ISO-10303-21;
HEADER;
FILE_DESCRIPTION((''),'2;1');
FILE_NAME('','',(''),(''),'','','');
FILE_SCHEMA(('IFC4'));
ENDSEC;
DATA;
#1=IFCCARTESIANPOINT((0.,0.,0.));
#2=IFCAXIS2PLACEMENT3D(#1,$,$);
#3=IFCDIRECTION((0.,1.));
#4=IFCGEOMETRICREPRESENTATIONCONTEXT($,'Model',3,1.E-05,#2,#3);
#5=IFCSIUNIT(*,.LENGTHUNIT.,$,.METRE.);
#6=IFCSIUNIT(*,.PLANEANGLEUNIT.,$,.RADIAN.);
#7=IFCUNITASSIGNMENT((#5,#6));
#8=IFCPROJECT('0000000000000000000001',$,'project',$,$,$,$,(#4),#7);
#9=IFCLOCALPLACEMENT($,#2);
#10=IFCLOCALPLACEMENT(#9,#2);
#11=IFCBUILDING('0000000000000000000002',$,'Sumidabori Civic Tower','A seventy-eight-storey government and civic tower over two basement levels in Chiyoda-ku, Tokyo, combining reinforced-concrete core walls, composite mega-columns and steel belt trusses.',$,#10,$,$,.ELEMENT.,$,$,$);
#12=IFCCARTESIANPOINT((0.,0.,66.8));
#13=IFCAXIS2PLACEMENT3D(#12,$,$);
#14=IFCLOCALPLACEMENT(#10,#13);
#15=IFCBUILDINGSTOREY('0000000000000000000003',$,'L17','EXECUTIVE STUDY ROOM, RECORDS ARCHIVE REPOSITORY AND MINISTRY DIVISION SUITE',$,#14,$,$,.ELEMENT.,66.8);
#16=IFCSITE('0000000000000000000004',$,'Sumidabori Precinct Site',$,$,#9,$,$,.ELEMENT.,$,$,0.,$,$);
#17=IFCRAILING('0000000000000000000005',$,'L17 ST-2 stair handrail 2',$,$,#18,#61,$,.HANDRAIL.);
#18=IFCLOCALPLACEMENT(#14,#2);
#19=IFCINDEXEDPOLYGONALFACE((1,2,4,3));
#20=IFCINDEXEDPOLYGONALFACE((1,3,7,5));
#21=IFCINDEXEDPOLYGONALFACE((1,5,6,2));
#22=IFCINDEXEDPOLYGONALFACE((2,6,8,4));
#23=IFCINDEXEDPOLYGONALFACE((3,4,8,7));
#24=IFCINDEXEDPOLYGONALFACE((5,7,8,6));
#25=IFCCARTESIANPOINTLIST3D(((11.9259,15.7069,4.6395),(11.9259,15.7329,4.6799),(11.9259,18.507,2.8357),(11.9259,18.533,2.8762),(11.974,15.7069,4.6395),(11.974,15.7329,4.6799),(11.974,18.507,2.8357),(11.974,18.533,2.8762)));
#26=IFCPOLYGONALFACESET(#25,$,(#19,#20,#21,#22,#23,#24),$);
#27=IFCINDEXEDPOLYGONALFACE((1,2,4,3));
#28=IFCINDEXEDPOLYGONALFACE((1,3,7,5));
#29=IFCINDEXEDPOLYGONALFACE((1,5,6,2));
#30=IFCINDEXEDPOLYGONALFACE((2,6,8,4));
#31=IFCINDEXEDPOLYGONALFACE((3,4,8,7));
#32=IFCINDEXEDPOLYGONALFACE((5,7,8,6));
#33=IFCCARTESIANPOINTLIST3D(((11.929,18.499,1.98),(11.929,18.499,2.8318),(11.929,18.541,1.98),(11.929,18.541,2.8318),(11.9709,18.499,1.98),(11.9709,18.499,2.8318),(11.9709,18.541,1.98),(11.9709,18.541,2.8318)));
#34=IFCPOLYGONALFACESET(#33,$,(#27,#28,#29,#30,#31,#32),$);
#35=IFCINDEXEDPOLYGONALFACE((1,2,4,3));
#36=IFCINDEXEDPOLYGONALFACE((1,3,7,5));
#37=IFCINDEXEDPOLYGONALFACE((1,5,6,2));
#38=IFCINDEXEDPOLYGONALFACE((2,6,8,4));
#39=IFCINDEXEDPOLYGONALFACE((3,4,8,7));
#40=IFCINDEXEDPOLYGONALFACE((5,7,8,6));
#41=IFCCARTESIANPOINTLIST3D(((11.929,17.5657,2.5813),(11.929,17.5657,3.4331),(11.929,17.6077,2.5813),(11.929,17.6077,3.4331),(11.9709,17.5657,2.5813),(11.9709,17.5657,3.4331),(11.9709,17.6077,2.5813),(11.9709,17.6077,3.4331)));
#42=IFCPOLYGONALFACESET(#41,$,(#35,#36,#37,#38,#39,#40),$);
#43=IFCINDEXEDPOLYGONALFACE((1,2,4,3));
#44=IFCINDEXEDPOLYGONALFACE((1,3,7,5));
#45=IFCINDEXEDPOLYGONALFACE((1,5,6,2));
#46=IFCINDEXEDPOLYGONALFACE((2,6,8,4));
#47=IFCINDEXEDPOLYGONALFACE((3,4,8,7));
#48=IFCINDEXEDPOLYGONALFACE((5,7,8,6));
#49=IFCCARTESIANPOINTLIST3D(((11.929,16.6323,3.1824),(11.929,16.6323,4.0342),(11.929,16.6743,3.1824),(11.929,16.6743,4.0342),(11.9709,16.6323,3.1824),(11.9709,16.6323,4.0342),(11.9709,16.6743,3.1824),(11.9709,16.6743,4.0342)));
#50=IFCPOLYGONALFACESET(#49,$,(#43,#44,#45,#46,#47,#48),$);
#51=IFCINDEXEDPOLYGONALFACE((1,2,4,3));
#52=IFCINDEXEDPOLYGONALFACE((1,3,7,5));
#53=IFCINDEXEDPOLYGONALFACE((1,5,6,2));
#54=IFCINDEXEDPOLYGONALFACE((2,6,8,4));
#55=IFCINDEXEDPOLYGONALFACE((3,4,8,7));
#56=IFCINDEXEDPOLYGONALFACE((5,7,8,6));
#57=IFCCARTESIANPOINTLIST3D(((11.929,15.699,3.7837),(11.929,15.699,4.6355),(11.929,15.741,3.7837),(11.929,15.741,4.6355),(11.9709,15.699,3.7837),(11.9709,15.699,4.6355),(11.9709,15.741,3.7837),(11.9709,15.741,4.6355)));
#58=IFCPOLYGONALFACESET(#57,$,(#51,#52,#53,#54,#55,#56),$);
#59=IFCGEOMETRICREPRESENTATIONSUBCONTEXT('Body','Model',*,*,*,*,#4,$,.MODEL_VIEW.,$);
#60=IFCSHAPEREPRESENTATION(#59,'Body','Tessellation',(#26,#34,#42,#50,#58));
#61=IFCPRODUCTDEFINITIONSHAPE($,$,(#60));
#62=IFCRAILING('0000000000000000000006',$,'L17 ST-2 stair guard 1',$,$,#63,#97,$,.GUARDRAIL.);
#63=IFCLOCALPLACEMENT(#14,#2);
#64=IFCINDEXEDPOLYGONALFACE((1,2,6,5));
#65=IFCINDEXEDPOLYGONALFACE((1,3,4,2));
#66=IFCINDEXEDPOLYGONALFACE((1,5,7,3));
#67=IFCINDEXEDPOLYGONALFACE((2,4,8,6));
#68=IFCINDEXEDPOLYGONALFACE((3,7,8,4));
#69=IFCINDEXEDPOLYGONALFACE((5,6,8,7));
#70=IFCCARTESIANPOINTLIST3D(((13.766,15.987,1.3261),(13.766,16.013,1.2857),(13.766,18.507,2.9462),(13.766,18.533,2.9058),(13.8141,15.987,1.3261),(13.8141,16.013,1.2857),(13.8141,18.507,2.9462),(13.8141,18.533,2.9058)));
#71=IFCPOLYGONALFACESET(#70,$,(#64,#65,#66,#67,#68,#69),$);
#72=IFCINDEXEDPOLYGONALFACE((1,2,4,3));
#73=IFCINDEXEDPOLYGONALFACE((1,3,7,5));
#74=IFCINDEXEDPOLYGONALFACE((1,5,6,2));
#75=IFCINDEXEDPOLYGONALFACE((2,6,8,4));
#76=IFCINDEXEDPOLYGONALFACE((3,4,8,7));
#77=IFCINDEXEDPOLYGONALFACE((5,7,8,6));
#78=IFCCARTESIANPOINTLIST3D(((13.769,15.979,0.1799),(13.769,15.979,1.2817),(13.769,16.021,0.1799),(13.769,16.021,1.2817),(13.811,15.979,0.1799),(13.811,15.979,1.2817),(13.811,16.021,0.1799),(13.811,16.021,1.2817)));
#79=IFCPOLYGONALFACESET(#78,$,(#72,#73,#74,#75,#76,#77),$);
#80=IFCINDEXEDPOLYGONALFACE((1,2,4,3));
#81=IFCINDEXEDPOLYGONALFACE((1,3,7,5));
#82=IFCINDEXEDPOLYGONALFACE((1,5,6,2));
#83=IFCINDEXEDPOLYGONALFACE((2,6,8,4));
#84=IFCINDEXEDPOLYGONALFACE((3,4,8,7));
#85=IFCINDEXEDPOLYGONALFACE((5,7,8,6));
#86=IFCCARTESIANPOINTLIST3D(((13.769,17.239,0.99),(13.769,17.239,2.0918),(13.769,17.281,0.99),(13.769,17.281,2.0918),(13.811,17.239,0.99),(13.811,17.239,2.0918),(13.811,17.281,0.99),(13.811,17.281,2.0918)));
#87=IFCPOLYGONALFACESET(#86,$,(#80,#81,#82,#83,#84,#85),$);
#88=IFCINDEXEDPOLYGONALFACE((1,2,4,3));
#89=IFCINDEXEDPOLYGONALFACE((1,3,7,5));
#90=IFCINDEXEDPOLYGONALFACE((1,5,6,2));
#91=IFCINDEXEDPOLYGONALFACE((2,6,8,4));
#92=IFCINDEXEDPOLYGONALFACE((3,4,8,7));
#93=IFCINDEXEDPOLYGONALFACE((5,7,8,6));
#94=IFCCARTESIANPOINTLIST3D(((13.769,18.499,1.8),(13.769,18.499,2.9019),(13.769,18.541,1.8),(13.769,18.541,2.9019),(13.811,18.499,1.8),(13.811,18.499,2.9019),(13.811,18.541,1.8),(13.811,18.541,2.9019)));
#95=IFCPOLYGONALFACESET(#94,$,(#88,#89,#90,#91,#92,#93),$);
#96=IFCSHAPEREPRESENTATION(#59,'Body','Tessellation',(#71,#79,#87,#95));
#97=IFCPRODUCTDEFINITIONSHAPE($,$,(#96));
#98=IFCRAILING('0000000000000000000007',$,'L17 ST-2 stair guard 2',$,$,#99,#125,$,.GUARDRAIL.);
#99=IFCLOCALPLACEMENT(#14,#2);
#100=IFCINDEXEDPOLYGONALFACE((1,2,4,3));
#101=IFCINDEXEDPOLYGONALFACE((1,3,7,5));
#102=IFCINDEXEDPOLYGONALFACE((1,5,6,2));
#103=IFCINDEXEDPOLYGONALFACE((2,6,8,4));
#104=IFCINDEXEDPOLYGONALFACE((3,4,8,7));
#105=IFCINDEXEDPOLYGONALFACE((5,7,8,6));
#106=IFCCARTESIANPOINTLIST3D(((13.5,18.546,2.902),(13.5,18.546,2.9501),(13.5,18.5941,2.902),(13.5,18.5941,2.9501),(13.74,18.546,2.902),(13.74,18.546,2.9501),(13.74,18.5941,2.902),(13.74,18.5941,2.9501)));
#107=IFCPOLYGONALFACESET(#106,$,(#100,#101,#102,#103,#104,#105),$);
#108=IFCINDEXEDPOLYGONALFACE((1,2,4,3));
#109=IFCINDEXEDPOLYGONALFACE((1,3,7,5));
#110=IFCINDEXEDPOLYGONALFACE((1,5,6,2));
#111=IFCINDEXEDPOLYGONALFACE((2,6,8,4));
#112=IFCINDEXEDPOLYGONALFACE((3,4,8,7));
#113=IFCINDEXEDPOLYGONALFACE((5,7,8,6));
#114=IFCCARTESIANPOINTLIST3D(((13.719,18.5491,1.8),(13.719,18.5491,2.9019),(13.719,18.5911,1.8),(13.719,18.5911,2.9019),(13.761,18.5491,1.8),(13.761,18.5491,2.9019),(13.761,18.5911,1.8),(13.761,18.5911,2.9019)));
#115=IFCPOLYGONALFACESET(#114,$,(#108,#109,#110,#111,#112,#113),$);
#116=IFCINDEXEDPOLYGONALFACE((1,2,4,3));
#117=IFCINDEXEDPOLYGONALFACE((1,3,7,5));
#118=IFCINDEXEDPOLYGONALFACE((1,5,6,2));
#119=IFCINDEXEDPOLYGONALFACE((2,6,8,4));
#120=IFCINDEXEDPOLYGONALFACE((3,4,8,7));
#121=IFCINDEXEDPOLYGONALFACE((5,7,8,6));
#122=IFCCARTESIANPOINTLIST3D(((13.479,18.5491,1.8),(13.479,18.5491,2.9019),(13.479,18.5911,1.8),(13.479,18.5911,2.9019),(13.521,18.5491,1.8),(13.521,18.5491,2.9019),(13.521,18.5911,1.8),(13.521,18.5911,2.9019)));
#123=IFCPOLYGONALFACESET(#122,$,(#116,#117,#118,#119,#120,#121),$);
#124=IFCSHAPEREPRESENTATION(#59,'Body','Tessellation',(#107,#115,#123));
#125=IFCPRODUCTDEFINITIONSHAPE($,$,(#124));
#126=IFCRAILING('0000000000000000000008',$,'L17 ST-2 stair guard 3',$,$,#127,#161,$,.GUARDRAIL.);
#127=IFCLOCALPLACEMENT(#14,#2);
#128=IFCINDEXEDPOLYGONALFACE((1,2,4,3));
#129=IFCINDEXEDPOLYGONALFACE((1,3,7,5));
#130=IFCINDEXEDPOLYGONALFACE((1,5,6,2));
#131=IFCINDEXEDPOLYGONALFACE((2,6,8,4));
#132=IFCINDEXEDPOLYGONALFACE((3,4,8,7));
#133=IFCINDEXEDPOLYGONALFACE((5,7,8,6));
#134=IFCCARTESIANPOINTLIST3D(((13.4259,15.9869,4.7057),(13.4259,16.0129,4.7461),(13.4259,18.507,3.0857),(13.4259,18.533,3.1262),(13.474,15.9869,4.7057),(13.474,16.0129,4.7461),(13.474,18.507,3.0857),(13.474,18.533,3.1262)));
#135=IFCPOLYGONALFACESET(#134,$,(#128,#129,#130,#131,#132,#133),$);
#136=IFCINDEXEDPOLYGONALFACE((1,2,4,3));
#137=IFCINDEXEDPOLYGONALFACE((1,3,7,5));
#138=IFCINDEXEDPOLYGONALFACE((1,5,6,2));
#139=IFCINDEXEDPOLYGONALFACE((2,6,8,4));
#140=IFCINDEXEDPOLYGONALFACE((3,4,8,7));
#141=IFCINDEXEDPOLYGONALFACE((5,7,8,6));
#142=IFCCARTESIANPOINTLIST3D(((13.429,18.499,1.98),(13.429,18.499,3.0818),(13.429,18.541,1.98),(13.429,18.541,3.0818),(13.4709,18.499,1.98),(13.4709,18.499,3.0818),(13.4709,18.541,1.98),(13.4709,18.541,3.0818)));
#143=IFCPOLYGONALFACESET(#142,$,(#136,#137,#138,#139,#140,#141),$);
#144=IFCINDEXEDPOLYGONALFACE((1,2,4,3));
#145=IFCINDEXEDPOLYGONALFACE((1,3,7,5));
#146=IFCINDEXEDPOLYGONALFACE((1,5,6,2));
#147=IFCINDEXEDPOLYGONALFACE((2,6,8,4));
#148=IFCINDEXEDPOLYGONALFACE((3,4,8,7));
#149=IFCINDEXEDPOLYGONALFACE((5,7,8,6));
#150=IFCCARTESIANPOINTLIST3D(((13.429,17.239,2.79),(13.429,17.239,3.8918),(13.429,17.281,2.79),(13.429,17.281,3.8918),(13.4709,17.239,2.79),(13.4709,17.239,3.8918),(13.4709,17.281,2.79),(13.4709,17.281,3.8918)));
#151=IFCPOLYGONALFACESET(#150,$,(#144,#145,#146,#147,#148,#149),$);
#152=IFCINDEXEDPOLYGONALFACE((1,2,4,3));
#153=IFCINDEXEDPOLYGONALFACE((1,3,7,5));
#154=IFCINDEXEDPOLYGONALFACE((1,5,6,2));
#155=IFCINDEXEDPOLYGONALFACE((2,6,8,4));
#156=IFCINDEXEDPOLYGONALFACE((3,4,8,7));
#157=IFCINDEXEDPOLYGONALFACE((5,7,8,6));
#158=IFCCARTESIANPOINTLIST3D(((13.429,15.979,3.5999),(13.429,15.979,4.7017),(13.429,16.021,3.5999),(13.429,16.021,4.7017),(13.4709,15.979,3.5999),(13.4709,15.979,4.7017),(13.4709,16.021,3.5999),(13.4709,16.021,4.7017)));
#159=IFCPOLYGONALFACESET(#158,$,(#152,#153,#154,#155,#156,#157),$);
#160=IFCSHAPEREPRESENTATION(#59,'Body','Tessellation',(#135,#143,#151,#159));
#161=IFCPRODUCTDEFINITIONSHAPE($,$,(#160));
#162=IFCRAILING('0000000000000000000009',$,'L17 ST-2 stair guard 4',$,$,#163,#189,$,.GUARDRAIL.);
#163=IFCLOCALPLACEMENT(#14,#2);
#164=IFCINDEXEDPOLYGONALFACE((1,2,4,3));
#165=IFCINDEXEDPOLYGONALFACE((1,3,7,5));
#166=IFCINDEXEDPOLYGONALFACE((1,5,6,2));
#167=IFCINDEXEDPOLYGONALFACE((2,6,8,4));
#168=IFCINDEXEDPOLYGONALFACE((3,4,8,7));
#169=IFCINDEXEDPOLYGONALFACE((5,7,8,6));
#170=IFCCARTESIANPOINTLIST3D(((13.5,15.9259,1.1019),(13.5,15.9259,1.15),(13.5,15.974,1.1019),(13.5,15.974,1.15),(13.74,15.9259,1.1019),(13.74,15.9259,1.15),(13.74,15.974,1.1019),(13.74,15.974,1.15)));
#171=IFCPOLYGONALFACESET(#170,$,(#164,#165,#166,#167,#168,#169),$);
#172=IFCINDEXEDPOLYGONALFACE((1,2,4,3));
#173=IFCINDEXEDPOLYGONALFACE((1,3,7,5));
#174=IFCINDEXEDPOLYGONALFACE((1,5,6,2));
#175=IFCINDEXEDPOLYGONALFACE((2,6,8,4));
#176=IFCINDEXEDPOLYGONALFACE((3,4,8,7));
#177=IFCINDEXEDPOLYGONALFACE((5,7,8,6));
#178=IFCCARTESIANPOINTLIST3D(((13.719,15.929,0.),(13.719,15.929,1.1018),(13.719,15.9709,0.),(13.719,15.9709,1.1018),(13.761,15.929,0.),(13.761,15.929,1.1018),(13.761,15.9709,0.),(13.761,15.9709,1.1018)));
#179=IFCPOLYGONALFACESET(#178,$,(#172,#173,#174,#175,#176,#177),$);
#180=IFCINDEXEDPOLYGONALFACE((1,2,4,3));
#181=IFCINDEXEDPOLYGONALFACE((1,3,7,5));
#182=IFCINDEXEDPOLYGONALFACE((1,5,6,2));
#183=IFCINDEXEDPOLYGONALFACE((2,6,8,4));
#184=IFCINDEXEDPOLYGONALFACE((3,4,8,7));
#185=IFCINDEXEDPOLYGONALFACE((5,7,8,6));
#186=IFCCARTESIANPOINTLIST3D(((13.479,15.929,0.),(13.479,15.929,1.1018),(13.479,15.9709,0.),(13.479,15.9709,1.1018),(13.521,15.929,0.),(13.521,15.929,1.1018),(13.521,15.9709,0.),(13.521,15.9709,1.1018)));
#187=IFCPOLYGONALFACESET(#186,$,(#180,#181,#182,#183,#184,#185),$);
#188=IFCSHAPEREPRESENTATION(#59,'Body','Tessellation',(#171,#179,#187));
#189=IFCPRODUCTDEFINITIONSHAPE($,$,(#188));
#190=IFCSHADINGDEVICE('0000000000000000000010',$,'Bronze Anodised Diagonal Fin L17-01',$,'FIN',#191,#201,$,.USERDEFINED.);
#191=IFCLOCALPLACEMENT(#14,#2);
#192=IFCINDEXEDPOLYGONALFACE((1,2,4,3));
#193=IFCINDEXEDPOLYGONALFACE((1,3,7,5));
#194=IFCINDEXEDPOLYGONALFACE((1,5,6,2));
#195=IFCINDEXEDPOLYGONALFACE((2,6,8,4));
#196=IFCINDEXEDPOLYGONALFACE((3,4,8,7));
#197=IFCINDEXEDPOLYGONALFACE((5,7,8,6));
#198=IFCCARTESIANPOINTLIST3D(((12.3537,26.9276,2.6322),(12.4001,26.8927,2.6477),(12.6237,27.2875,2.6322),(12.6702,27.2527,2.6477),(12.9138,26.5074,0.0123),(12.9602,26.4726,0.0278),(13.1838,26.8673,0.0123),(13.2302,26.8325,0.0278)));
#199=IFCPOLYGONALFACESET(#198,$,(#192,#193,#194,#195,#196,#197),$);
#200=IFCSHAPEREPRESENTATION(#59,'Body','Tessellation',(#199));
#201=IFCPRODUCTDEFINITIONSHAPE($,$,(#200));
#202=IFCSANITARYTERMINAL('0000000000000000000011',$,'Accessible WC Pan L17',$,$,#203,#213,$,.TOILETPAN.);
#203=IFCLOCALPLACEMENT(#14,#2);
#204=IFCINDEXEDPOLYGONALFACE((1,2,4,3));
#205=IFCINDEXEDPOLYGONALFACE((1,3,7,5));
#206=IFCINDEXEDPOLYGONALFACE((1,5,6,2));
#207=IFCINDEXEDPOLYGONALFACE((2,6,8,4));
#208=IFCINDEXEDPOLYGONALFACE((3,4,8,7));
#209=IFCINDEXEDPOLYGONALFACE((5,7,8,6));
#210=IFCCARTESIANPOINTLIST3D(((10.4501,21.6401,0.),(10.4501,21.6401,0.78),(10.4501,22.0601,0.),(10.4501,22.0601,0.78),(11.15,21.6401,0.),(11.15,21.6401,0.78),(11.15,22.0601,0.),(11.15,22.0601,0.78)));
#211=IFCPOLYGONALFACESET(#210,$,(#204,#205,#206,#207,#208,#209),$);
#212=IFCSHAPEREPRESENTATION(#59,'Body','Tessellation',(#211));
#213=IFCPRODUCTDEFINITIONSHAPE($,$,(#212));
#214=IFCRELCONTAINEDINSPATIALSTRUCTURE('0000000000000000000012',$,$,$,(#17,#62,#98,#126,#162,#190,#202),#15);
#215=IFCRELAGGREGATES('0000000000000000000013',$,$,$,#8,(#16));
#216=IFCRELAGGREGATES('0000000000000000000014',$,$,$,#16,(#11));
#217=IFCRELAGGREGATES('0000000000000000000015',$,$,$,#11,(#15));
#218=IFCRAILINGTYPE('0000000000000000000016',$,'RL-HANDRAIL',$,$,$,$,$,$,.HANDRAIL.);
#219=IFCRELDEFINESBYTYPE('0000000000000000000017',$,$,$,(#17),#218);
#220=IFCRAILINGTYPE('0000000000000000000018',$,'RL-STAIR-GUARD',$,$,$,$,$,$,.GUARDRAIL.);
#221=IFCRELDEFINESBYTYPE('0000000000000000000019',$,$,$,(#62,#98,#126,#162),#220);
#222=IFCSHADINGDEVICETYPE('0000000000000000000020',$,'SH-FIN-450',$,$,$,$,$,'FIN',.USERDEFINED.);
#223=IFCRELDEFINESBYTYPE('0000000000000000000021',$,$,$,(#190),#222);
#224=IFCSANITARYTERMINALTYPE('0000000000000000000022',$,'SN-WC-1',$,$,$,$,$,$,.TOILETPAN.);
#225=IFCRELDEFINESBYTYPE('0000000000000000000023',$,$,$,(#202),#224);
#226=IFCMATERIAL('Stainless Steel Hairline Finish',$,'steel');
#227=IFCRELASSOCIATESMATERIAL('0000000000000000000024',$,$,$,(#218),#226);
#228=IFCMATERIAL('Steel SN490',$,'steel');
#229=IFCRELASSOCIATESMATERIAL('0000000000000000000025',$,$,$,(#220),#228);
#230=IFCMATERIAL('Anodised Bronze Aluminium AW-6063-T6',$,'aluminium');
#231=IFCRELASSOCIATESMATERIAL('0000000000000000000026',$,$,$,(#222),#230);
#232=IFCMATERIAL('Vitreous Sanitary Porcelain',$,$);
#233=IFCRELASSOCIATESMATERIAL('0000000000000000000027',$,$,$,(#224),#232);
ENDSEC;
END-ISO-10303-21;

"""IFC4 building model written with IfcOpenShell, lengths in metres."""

from ifc_helpers import new_model, si_unit, direction, frame, origin, origin_2d, place, context, subcontext, project, spatial, rectangle, extrude, source, transform, mapped, material, material_profile, profile_set, type_object, element, save


model = new_model("IFC4")

# Units and contexts
model_context = context("Model", 3, precision=1e-05, world=origin(), true_north=direction((0.0, 1.0)))
body_context = subcontext(model_context, "Body", "Model", "MODEL_VIEW")
ifc_project = project(units=[si_unit("LENGTHUNIT", "METRE"), si_unit("PLANEANGLEUNIT", "RADIAN")], contexts=[model_context])

# Site, building, storey
site_placement = place(None, origin())
site = spatial("IfcSite", under=ifc_project, at=site_placement, Name="Sumidabori Precinct Site", CompositionType="ELEMENT", RefElevation=0.0)
building_placement = place(site_placement, origin())
building = spatial("IfcBuilding", under=site, at=building_placement, Name="Sumidabori Civic Tower", Description="A seventy-eight-storey government and civic tower over two basement levels in Chiyoda-ku, Tokyo, combining reinforced-concrete core walls, composite mega-columns and steel belt trusses.", CompositionType="ELEMENT")
storey_placement = place(building_placement, frame((0.0, 0.0, 66.8)))
storey = spatial("IfcBuildingStorey", under=building, at=storey_placement, Name="L17", Description="EXECUTIVE STUDY ROOM, RECORDS ARCHIVE REPOSITORY AND MINISTRY DIVISION SUITE", CompositionType="ELEMENT", Elevation=66.8)

# Shared definitions
ifc_material_1 = material(Name="Steel SN490", Category="steel")

# Shared definitions
ifc_material_2 = material(Name="Anodised Bronze Aluminium AW-6063-T6", Category="aluminium")

# Railings
ifc_material_3 = material(Name="Stainless Steel Hairline Finish", Category="steel")
railing_type_1 = type_object("IfcRailingType", Name="RL-HANDRAIL", PredefinedType="HANDRAIL", material=ifc_material_3)
railing_1_placement = place(storey_placement, frame((11.95, 18.52, 1.98)))
element("IfcRailing", 1, at=railing_1_placement, inside=storey, type_object=railing_type_1, Name="L17 ST-2 stair handrail 2", PredefinedType="HANDRAIL", context=body_context, shape_type="SweptSolid", body=[
    extrude(rectangle(XDim=0.0481, YDim=0.0481, at=origin_2d()), frame((0.0, 0.0, 0.876), z_axis=(0.0, -0.840676, 0.541539), x_axis=(1.0, 0.0, 0.0)), (0.0, 0.0, 1.0), 3.3308),
    extrude(rectangle(XDim=0.042, YDim=0.042, at=origin_2d()), origin(), (0.0, 0.0, 1.0), 0.8518),
    extrude(rectangle(XDim=0.042, YDim=0.042, at=origin_2d()), frame((0.0, -0.9333, 0.6013)), (0.0, 0.0, 1.0), 0.8518),
    extrude(rectangle(XDim=0.042, YDim=0.042, at=origin_2d()), frame((0.0, -1.8667, 1.2024)), (0.0, 0.0, 1.0), 0.8518),
    extrude(rectangle(XDim=0.042, YDim=0.042, at=origin_2d()), frame((0.0, -2.8, 1.8037)), (0.0, 0.0, 1.0), 0.8518),
])
railing_type_2 = type_object("IfcRailingType", Name="RL-STAIR-GUARD", PredefinedType="GUARDRAIL", material=ifc_material_1)
railing_2_placement = place(storey_placement, frame((13.79, 16.0, 0.1799)))
element("IfcRailing", 2, at=railing_2_placement, inside=storey, type_object=railing_type_2, Name="L17 ST-2 stair guard 1", PredefinedType="GUARDRAIL", context=body_context, shape_type="SweptSolid", body=[
    extrude(rectangle(XDim=0.0481, YDim=0.0481, at=origin_2d()), frame((0.0, 0.0, 1.126), z_axis=(0.0, 0.841163, 0.540782), x_axis=(-1.0, 0.0, 0.0)), (0.0, 0.0, 1.0), 2.9958),
    extrude(rectangle(XDim=0.042, YDim=0.042, at=origin_2d()), origin(), (0.0, 0.0, 1.0), 1.1018),
    extrude(rectangle(XDim=0.042, YDim=0.042, at=origin_2d()), frame((0.0, 1.26, 0.8101)), (0.0, 0.0, 1.0), 1.1018),
    extrude(rectangle(XDim=0.042, YDim=0.042, at=origin_2d()), frame((0.0, 2.52, 1.6201)), (0.0, 0.0, 1.0), 1.1018),
])
railing_3_placement = place(storey_placement, frame((13.74, 18.5701, 1.8)))
element("IfcRailing", 3, at=railing_3_placement, inside=storey, type_object=railing_type_2, Name="L17 ST-2 stair guard 2", PredefinedType="GUARDRAIL", context=body_context, shape_type="SweptSolid", body=[
    extrude(rectangle(XDim=0.0481, YDim=0.0481, at=origin_2d()), frame((0.0, 0.0, 1.126), z_axis=(-1.0, 0.0, 0.0), x_axis=(0.0, -1.0, 0.0)), (0.0, 0.0, 1.0), 0.24),
    extrude(rectangle(XDim=0.042, YDim=0.042, at=origin_2d()), origin(), (0.0, 0.0, 1.0), 1.1018),
    extrude(rectangle(XDim=0.042, YDim=0.042, at=origin_2d()), frame((-0.24, 0.0, 0.0)), (0.0, 0.0, 1.0), 1.1018),
])
railing_4_placement = place(storey_placement, frame((13.45, 18.52, 1.98)))
element("IfcRailing", 4, at=railing_4_placement, inside=storey, type_object=railing_type_2, Name="L17 ST-2 stair guard 3", PredefinedType="GUARDRAIL", context=body_context, shape_type="SweptSolid", body=[
    extrude(rectangle(XDim=0.0481, YDim=0.0481, at=origin_2d()), frame((0.0, 0.0, 1.126), z_axis=(0.0, -0.8412, 0.540725), x_axis=(1.0, 0.0, 0.0)), (0.0, 0.0, 1.0), 2.9958),
    extrude(rectangle(XDim=0.042, YDim=0.042, at=origin_2d()), origin(), (0.0, 0.0, 1.0), 1.1018),
    extrude(rectangle(XDim=0.042, YDim=0.042, at=origin_2d()), frame((0.0, -1.26, 0.8101)), (0.0, 0.0, 1.0), 1.1018),
    extrude(rectangle(XDim=0.042, YDim=0.042, at=origin_2d()), frame((0.0, -2.52, 1.6199)), (0.0, 0.0, 1.0), 1.1018),
])
railing_5_placement = place(storey_placement, frame((13.74, 15.95, 0.0)))
element("IfcRailing", 5, at=railing_5_placement, inside=storey, type_object=railing_type_2, Name="L17 ST-2 stair guard 4", PredefinedType="GUARDRAIL", context=body_context, shape_type="SweptSolid", body=[
    extrude(rectangle(XDim=0.0481, YDim=0.0481, at=origin_2d()), frame((0.0, 0.0, 1.126), z_axis=(-1.0, 0.0, 0.0), x_axis=(0.0, -1.0, 0.0)), (0.0, 0.0, 1.0), 0.24),
    extrude(rectangle(XDim=0.042, YDim=0.042, at=origin_2d()), origin(), (0.0, 0.0, 1.0), 1.1018),
    extrude(rectangle(XDim=0.042, YDim=0.042, at=origin_2d()), frame((-0.24, 0.0, 0.0)), (0.0, 0.0, 1.0), 1.1018),
])

# Shading device
ifc_material_profile_1 = material_profile(ifc_material_2, rectangle(XDim=0.0601, YDim=0.45, at=origin_2d()), Name="BRONZE FIN 450x60")
ifc_profile_set_1 = profile_set([ifc_material_profile_1], Name="Anodised Bronze Aluminium AW-6063-T6")
shading_device_type = type_object("IfcShadingDeviceType", Name="SH-FIN-450", ElementType="FIN", PredefinedType="USERDEFINED", material=ifc_profile_set_1)
shared_shape_1 = source(origin(), body_context, "Body", "SweptSolid", [
    extrude(rectangle(XDim=0.0601, YDim=0.45, at=origin_2d()), origin(), (0.0, 0.0, 1.0), 2.7119),
])
shading_device_placement = place(storey_placement, frame((13.072, 26.6699, 0.02), z_axis=(-0.206525, 0.154939, 0.966096), x_axis=(0.772796, -0.579765, 0.258184)))
element("IfcShadingDevice", 6, at=shading_device_placement, inside=storey, type_object=shading_device_type, Name="Bronze Anodised Diagonal Fin L17-01", ObjectType="FIN", PredefinedType="USERDEFINED", context=body_context, shape_type="MappedRepresentation", body=[
    mapped(shared_shape_1, transform((0.0, 0.0, 0.0), x_axis=(1.0, 0.0, 0.0), y_axis=(0.0, 1.0, 0.0), z_axis=(0.0, 0.0, 1.0), scale=1.0)),
])

# Sanitary terminal
ifc_material_4 = material(Name="Vitreous Sanitary Porcelain")
sanitary_terminal_type_1 = type_object("IfcSanitaryTerminalType", Name="SN-WC-1", PredefinedType="TOILETPAN", material=ifc_material_4)
shared_shape_2 = source(origin(), body_context, "Body", "SweptSolid", [
    extrude(rectangle(XDim=0.7, YDim=0.4199, at=origin_2d()), origin(), (0.0, 0.0, 1.0), 0.78),
])
sanitary_terminal_1_placement = place(storey_placement, frame((10.8, 21.8501, 0.0), z_axis=(0.0, 0.0, 1.0), x_axis=(1.0, 0.0, 0.0)))
element("IfcSanitaryTerminal", 7, at=sanitary_terminal_1_placement, inside=storey, type_object=sanitary_terminal_type_1, Name="Accessible WC Pan L17", PredefinedType="TOILETPAN", context=body_context, shape_type="MappedRepresentation", body=[
    mapped(shared_shape_2, transform((0.0, 0.0, 0.0), x_axis=(1.0, 0.0, 0.0), y_axis=(0.0, 1.0, 0.0), z_axis=(0.0, 0.0, 1.0), scale=1.0)),
])

save(model, "model.ifc")
